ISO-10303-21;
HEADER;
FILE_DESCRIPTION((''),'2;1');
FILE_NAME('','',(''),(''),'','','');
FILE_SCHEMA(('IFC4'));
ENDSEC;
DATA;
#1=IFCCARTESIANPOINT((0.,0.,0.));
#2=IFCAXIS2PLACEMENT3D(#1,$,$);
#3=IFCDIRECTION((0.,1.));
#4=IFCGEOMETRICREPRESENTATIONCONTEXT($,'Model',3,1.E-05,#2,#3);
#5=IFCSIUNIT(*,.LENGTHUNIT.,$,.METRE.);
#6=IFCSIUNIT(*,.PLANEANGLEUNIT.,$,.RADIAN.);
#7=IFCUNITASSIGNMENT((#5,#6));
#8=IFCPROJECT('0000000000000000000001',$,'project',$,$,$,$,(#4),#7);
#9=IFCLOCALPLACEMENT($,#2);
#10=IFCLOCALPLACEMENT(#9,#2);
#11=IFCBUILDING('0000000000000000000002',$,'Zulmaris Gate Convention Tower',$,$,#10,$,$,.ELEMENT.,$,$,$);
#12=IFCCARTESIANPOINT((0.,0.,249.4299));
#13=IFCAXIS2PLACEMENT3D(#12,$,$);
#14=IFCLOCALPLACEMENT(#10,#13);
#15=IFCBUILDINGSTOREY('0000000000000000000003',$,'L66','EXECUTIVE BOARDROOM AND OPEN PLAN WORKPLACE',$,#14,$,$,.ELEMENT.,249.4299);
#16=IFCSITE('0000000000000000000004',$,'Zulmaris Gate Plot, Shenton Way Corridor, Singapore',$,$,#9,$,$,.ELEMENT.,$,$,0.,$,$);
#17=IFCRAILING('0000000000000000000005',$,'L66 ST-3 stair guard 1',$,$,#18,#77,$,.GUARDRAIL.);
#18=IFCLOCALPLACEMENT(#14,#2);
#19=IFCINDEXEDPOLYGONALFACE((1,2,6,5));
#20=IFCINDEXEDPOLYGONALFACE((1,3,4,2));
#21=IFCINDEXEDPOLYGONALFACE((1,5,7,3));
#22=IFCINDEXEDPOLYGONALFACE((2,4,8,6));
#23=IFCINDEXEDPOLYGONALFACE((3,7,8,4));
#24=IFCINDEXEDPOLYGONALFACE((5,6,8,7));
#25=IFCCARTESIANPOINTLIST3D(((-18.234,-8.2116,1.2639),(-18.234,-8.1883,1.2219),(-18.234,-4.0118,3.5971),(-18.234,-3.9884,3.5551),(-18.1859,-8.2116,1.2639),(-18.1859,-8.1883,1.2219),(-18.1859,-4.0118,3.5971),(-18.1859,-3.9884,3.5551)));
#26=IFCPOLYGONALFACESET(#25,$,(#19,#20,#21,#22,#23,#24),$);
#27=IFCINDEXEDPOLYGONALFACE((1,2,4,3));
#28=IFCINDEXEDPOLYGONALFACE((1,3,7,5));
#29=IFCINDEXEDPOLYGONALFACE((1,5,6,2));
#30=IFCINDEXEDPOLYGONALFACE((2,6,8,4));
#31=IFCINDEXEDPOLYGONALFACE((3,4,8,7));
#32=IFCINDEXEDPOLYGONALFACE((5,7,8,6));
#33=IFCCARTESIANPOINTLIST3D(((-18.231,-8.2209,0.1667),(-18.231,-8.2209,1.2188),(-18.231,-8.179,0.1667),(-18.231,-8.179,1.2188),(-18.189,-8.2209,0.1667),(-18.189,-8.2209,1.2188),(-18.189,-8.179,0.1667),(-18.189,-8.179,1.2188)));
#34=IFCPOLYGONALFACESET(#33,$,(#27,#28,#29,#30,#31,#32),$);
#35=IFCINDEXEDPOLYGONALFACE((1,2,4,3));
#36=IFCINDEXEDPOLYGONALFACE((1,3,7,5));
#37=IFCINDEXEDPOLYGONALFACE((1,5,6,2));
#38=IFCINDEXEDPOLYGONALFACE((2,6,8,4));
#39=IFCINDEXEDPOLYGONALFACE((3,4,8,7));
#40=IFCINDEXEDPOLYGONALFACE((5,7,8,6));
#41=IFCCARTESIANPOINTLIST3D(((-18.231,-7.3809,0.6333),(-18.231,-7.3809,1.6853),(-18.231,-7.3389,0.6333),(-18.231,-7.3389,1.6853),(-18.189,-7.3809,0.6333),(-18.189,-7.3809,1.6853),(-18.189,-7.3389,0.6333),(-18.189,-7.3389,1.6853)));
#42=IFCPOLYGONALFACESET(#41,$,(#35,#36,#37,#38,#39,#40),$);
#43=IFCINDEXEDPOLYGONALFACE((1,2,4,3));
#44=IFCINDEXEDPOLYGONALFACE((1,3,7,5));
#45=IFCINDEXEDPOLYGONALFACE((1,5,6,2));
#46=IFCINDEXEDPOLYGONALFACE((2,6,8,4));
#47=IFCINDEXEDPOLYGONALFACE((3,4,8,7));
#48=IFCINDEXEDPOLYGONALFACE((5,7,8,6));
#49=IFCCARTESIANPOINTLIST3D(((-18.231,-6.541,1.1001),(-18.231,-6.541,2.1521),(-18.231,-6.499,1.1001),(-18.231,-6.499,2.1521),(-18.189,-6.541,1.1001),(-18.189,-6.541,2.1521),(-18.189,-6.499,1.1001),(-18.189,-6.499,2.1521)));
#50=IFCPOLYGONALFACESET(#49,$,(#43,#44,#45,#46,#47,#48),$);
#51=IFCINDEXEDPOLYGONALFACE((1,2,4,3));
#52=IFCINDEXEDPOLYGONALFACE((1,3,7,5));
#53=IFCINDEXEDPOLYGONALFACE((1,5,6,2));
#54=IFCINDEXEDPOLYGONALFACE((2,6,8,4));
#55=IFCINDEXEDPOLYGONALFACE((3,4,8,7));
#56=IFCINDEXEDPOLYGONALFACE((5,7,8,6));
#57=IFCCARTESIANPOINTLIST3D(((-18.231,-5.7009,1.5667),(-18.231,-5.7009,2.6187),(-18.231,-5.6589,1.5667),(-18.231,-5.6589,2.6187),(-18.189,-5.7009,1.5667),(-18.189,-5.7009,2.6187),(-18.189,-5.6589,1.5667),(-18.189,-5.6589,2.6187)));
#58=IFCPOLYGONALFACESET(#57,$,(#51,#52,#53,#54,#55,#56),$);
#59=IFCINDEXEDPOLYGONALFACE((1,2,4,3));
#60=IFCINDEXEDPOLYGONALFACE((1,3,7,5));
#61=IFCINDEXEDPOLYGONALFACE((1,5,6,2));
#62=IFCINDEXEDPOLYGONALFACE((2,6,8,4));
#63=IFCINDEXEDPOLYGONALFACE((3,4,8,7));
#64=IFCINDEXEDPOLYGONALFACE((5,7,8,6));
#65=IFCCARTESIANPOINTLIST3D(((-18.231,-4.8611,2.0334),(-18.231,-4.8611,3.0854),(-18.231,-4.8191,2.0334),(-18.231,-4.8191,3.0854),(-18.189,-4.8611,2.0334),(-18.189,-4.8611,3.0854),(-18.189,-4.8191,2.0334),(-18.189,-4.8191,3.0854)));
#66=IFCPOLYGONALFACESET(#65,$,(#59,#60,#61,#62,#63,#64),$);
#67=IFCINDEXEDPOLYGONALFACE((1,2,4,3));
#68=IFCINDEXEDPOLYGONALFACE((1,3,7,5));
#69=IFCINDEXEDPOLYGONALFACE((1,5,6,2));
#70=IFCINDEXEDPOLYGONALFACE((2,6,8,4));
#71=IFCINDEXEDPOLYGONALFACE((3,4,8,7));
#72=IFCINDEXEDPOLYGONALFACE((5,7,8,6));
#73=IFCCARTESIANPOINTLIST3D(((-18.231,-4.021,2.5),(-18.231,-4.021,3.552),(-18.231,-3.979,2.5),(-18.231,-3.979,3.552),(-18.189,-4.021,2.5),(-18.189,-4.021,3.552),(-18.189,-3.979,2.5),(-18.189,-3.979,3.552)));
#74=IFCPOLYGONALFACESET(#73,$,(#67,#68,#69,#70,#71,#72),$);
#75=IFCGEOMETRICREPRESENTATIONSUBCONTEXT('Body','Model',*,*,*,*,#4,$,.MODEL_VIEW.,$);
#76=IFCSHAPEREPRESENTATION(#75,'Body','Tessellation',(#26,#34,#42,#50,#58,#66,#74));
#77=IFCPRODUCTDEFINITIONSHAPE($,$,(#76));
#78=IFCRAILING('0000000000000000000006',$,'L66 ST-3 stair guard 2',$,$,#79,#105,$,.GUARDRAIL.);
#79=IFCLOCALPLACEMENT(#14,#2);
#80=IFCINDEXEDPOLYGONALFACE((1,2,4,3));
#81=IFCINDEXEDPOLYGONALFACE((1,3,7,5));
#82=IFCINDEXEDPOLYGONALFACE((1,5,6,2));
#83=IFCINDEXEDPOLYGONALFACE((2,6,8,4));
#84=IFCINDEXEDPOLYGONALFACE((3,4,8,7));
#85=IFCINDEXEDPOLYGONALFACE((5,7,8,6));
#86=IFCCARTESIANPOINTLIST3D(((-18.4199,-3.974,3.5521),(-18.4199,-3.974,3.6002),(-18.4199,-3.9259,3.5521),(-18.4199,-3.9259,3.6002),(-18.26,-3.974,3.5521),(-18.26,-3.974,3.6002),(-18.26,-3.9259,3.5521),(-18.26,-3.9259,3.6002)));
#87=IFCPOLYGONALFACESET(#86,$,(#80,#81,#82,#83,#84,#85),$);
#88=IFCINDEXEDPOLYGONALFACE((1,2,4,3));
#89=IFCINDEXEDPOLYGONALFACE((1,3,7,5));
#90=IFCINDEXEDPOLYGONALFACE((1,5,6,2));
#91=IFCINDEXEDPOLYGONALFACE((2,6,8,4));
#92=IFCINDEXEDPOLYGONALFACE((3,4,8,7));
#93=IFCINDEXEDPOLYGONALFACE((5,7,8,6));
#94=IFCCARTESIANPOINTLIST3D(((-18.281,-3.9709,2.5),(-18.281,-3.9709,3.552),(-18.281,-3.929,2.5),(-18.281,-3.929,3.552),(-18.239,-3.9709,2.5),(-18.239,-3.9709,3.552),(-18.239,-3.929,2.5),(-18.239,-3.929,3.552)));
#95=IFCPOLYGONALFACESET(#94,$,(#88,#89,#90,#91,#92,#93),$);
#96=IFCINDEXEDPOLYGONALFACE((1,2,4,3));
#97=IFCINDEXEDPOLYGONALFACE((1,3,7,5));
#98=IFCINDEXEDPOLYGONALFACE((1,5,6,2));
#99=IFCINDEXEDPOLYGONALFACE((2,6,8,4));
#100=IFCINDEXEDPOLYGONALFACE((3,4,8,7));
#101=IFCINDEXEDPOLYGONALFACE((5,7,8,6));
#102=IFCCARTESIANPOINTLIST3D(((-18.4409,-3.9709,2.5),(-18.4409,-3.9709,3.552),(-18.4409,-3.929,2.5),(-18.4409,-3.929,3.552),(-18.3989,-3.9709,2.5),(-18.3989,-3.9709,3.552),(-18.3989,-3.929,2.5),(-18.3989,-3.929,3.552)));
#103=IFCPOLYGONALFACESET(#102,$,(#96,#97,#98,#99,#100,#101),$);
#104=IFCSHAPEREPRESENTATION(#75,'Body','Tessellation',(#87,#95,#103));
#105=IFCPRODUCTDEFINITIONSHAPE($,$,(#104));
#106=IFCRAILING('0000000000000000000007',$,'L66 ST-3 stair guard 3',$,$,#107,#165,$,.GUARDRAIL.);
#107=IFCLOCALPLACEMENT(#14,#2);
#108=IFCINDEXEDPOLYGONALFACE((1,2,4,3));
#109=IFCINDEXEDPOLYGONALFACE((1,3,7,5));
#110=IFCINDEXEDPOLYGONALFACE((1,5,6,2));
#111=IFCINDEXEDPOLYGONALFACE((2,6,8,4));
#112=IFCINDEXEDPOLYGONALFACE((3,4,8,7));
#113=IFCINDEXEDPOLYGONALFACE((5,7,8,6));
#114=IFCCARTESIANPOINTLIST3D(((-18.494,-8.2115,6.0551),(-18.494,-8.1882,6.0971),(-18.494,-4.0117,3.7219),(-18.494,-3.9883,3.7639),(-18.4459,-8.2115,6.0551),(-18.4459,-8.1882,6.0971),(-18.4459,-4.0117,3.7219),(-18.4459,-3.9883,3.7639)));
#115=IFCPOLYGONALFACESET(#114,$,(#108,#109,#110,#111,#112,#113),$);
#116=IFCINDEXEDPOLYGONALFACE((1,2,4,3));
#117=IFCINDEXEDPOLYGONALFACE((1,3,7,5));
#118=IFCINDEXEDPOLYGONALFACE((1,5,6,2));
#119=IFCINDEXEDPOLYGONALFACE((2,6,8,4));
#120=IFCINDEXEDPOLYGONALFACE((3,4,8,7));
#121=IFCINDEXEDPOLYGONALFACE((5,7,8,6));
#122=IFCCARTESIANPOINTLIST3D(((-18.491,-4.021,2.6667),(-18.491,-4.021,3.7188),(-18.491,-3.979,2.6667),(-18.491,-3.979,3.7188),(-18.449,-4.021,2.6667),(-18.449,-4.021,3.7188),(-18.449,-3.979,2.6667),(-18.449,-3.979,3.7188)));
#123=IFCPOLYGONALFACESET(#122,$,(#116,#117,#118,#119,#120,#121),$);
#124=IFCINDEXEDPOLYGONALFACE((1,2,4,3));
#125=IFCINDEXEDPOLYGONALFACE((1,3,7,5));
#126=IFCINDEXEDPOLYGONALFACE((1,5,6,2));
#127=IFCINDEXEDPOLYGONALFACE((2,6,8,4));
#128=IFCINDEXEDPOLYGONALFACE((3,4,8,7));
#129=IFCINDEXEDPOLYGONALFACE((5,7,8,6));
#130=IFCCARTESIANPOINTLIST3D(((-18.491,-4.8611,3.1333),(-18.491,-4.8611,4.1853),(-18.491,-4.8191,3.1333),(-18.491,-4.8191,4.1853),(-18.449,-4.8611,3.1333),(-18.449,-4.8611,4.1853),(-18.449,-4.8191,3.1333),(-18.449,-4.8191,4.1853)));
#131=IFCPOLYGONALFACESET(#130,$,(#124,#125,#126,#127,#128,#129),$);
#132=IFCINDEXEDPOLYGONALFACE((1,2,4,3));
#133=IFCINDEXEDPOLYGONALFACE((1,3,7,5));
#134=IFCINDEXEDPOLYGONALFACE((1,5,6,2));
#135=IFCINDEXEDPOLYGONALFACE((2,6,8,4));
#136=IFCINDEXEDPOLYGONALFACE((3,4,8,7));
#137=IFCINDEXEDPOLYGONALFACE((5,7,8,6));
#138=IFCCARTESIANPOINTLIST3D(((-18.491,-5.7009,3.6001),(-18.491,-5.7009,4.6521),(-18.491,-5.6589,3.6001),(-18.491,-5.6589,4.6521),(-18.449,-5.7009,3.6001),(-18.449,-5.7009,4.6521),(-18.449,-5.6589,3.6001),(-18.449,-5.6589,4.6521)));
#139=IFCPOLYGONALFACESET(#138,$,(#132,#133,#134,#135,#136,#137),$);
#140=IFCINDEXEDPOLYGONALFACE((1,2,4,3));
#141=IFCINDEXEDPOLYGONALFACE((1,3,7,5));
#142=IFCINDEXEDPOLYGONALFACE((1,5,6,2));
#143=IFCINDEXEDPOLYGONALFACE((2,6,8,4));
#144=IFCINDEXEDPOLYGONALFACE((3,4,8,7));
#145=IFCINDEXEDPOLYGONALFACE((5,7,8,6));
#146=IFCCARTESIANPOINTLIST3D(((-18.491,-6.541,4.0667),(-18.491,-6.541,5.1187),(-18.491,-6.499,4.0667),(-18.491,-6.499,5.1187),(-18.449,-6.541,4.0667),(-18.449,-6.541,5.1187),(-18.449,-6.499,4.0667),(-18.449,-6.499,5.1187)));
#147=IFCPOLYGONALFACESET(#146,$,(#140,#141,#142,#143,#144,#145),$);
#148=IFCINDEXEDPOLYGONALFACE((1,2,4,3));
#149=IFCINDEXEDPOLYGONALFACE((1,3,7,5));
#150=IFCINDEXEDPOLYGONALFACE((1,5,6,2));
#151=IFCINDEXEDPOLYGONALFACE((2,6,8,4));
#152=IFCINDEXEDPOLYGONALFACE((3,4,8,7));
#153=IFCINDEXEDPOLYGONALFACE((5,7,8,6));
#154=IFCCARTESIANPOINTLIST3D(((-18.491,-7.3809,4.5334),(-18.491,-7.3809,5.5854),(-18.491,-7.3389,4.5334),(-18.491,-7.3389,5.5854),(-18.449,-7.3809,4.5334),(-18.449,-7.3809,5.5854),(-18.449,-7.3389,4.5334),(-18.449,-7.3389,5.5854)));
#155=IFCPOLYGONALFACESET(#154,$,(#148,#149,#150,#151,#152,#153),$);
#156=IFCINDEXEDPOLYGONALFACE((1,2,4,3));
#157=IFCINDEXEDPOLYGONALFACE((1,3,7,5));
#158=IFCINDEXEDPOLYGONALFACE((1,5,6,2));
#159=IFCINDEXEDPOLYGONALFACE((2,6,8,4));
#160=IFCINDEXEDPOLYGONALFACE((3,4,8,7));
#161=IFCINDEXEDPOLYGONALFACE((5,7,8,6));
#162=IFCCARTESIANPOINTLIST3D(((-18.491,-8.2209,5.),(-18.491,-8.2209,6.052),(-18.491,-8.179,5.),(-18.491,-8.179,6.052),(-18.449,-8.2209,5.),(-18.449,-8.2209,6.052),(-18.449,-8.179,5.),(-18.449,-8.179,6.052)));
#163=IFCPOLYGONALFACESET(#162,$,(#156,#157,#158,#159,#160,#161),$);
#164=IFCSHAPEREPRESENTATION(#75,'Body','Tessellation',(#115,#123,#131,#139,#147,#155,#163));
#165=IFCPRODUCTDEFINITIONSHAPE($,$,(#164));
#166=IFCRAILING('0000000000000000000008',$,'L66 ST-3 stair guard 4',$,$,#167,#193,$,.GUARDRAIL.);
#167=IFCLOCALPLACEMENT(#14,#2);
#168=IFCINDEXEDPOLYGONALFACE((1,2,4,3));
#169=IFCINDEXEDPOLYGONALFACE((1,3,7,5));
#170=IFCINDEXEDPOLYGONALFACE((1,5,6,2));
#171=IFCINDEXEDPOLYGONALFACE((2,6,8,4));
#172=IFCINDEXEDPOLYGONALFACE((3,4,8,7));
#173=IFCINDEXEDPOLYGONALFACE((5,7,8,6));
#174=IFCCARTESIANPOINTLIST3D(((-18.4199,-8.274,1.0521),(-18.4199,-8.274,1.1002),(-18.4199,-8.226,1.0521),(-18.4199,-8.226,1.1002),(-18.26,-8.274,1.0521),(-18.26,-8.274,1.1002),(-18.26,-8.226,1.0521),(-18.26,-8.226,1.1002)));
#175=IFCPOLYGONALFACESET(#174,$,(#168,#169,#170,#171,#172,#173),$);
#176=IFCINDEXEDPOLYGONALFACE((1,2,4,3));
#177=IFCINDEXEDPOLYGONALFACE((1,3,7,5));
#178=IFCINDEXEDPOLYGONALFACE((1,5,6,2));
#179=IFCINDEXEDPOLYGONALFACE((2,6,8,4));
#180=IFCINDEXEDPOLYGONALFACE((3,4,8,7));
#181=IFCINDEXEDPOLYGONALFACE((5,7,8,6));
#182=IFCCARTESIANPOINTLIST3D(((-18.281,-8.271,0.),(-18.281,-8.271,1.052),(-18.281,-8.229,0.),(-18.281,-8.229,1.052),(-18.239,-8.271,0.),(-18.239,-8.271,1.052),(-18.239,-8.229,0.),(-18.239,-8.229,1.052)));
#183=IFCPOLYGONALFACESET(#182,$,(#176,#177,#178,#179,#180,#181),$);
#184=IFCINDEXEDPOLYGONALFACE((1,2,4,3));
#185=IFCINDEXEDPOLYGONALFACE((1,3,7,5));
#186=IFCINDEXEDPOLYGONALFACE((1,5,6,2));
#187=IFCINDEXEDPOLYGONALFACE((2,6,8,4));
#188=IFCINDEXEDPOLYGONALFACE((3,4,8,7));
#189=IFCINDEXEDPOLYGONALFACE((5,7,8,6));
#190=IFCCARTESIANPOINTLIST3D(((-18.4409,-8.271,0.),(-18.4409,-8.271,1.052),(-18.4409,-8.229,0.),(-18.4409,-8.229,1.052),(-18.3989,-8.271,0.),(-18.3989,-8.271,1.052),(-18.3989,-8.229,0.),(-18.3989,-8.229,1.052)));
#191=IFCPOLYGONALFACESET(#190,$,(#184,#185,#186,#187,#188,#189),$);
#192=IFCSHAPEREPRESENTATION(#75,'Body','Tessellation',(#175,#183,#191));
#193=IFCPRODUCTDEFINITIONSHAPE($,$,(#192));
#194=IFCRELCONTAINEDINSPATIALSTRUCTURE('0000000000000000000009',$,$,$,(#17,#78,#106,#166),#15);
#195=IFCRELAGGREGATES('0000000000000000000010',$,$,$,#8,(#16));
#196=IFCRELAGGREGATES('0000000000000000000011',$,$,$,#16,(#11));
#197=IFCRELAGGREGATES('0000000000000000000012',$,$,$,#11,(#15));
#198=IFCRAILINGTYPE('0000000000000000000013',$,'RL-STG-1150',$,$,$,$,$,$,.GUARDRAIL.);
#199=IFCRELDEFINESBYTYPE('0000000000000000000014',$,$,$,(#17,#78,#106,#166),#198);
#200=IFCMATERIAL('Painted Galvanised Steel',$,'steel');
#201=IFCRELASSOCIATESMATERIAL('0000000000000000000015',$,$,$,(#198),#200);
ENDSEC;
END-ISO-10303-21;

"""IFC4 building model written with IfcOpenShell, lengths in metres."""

from ifc_helpers import new_model, si_unit, direction, frame, origin, origin_2d, place, context, subcontext, project, spatial, rectangle, extrude, material, type_object, element, save


model = new_model("IFC4")

# Units and contexts
model_context = context("Model", 3, precision=1e-05, world=origin(), true_north=direction((0.0, 1.0)))
body_context = subcontext(model_context, "Body", "Model", "MODEL_VIEW")
ifc_project = project(units=[si_unit("LENGTHUNIT", "METRE"), si_unit("PLANEANGLEUNIT", "RADIAN")], contexts=[model_context])

# Site, building, storey
site_placement = place(None, origin())
site = spatial("IfcSite", under=ifc_project, at=site_placement, Name="Zulmaris Gate Plot, Shenton Way Corridor, Singapore", CompositionType="ELEMENT", RefElevation=0.0)
building_placement = place(site_placement, origin())
building = spatial("IfcBuilding", under=site, at=building_placement, Name="Zulmaris Gate Convention Tower", CompositionType="ELEMENT")
storey_placement = place(building_placement, frame((0.0, 0.0, 249.4299)))
storey = spatial("IfcBuildingStorey", under=building, at=storey_placement, Name="L66", Description="EXECUTIVE BOARDROOM AND OPEN PLAN WORKPLACE", CompositionType="ELEMENT", Elevation=249.4299)

# Railings
ifc_material_1 = material(Name="Painted Galvanised Steel", Category="steel")
railing_type_1 = type_object("IfcRailingType", Name="RL-STG-1150", PredefinedType="GUARDRAIL", material=ifc_material_1)
railing_1_placement = place(storey_placement, frame((-18.21, -8.2, 0.1667)))
element("IfcRailing", 1, at=railing_1_placement, inside=storey, type_object=railing_type_1, Name="L66 ST-3 stair guard 1", PredefinedType="GUARDRAIL", context=body_context, shape_type="SweptSolid", body=[
    extrude(rectangle(XDim=0.0481, YDim=0.0481, at=origin_2d()), frame((0.0, 0.0, 1.0762), z_axis=(0.0, 0.874162, 0.485634), x_axis=(-1.0, 0.0, 0.0)), (0.0, 0.0, 1.0), 4.8044),
    extrude(rectangle(XDim=0.042, YDim=0.042, at=origin_2d()), origin(), (0.0, 0.0, 1.0), 1.052),
    extrude(rectangle(XDim=0.042, YDim=0.042, at=origin_2d()), frame((0.0, 0.8401, 0.4666)), (0.0, 0.0, 1.0), 1.052),
    extrude(rectangle(XDim=0.042, YDim=0.042, at=origin_2d()), frame((0.0, 1.6799, 0.9333)), (0.0, 0.0, 1.0), 1.052),
    extrude(rectangle(XDim=0.042, YDim=0.042, at=origin_2d()), frame((0.0, 2.52, 1.3999)), (0.0, 0.0, 1.0), 1.052),
    extrude(rectangle(XDim=0.042, YDim=0.042, at=origin_2d()), frame((0.0, 3.3599, 1.8667)), (0.0, 0.0, 1.0), 1.052),
    extrude(rectangle(XDim=0.042, YDim=0.042, at=origin_2d()), frame((0.0, 4.2, 2.3333)), (0.0, 0.0, 1.0), 1.052),
])
railing_2_placement = place(storey_placement, frame((-18.26, -3.95, 2.5)))
element("IfcRailing", 2, at=railing_2_placement, inside=storey, type_object=railing_type_1, Name="L66 ST-3 stair guard 2", PredefinedType="GUARDRAIL", context=body_context, shape_type="SweptSolid", body=[
    extrude(rectangle(XDim=0.0481, YDim=0.0481, at=origin_2d()), frame((0.0, 0.0, 1.0762), z_axis=(-1.0, 0.0, 0.0), x_axis=(0.0, -1.0, 0.0)), (0.0, 0.0, 1.0), 0.1599),
    extrude(rectangle(XDim=0.042, YDim=0.042, at=origin_2d()), origin(), (0.0, 0.0, 1.0), 1.052),
    extrude(rectangle(XDim=0.042, YDim=0.042, at=origin_2d()), frame((-0.1599, 0.0, 0.0)), (0.0, 0.0, 1.0), 1.052),
])
railing_3_placement = place(storey_placement, frame((-18.47, -4.0, 2.6667)))
element("IfcRailing", 3, at=railing_3_placement, inside=storey, type_object=railing_type_1, Name="L66 ST-3 stair guard 3", PredefinedType="GUARDRAIL", context=body_context, shape_type="SweptSolid", body=[
    extrude(rectangle(XDim=0.0481, YDim=0.0481, at=origin_2d()), frame((0.0, 0.0, 1.0762), z_axis=(0.0, -0.874162, 0.485634), x_axis=(1.0, 0.0, 0.0)), (0.0, 0.0, 1.0), 4.8044),
    extrude(rectangle(XDim=0.042, YDim=0.042, at=origin_2d()), origin(), (0.0, 0.0, 1.0), 1.052),
    extrude(rectangle(XDim=0.042, YDim=0.042, at=origin_2d()), frame((0.0, -0.8401, 0.4666)), (0.0, 0.0, 1.0), 1.052),
    extrude(rectangle(XDim=0.042, YDim=0.042, at=origin_2d()), frame((0.0, -1.6799, 0.9333)), (0.0, 0.0, 1.0), 1.052),
    extrude(rectangle(XDim=0.042, YDim=0.042, at=origin_2d()), frame((0.0, -2.52, 1.3999)), (0.0, 0.0, 1.0), 1.052),
    extrude(rectangle(XDim=0.042, YDim=0.042, at=origin_2d()), frame((0.0, -3.3599, 1.8667)), (0.0, 0.0, 1.0), 1.052),
    extrude(rectangle(XDim=0.042, YDim=0.042, at=origin_2d()), frame((0.0, -4.2, 2.3333)), (0.0, 0.0, 1.0), 1.052),
])
railing_4_placement = place(storey_placement, frame((-18.26, -8.25, 0.0)))
element("IfcRailing", 4, at=railing_4_placement, inside=storey, type_object=railing_type_1, Name="L66 ST-3 stair guard 4", PredefinedType="GUARDRAIL", context=body_context, shape_type="SweptSolid", body=[
    extrude(rectangle(XDim=0.0481, YDim=0.0481, at=origin_2d()), frame((0.0, 0.0, 1.0762), z_axis=(-1.0, 0.0, 0.0), x_axis=(0.0, -1.0, 0.0)), (0.0, 0.0, 1.0), 0.1599),
    extrude(rectangle(XDim=0.042, YDim=0.042, at=origin_2d()), origin(), (0.0, 0.0, 1.0), 1.052),
    extrude(rectangle(XDim=0.042, YDim=0.042, at=origin_2d()), frame((-0.1599, 0.0, 0.0)), (0.0, 0.0, 1.0), 1.052),
])

save(model, "model.ifc")
